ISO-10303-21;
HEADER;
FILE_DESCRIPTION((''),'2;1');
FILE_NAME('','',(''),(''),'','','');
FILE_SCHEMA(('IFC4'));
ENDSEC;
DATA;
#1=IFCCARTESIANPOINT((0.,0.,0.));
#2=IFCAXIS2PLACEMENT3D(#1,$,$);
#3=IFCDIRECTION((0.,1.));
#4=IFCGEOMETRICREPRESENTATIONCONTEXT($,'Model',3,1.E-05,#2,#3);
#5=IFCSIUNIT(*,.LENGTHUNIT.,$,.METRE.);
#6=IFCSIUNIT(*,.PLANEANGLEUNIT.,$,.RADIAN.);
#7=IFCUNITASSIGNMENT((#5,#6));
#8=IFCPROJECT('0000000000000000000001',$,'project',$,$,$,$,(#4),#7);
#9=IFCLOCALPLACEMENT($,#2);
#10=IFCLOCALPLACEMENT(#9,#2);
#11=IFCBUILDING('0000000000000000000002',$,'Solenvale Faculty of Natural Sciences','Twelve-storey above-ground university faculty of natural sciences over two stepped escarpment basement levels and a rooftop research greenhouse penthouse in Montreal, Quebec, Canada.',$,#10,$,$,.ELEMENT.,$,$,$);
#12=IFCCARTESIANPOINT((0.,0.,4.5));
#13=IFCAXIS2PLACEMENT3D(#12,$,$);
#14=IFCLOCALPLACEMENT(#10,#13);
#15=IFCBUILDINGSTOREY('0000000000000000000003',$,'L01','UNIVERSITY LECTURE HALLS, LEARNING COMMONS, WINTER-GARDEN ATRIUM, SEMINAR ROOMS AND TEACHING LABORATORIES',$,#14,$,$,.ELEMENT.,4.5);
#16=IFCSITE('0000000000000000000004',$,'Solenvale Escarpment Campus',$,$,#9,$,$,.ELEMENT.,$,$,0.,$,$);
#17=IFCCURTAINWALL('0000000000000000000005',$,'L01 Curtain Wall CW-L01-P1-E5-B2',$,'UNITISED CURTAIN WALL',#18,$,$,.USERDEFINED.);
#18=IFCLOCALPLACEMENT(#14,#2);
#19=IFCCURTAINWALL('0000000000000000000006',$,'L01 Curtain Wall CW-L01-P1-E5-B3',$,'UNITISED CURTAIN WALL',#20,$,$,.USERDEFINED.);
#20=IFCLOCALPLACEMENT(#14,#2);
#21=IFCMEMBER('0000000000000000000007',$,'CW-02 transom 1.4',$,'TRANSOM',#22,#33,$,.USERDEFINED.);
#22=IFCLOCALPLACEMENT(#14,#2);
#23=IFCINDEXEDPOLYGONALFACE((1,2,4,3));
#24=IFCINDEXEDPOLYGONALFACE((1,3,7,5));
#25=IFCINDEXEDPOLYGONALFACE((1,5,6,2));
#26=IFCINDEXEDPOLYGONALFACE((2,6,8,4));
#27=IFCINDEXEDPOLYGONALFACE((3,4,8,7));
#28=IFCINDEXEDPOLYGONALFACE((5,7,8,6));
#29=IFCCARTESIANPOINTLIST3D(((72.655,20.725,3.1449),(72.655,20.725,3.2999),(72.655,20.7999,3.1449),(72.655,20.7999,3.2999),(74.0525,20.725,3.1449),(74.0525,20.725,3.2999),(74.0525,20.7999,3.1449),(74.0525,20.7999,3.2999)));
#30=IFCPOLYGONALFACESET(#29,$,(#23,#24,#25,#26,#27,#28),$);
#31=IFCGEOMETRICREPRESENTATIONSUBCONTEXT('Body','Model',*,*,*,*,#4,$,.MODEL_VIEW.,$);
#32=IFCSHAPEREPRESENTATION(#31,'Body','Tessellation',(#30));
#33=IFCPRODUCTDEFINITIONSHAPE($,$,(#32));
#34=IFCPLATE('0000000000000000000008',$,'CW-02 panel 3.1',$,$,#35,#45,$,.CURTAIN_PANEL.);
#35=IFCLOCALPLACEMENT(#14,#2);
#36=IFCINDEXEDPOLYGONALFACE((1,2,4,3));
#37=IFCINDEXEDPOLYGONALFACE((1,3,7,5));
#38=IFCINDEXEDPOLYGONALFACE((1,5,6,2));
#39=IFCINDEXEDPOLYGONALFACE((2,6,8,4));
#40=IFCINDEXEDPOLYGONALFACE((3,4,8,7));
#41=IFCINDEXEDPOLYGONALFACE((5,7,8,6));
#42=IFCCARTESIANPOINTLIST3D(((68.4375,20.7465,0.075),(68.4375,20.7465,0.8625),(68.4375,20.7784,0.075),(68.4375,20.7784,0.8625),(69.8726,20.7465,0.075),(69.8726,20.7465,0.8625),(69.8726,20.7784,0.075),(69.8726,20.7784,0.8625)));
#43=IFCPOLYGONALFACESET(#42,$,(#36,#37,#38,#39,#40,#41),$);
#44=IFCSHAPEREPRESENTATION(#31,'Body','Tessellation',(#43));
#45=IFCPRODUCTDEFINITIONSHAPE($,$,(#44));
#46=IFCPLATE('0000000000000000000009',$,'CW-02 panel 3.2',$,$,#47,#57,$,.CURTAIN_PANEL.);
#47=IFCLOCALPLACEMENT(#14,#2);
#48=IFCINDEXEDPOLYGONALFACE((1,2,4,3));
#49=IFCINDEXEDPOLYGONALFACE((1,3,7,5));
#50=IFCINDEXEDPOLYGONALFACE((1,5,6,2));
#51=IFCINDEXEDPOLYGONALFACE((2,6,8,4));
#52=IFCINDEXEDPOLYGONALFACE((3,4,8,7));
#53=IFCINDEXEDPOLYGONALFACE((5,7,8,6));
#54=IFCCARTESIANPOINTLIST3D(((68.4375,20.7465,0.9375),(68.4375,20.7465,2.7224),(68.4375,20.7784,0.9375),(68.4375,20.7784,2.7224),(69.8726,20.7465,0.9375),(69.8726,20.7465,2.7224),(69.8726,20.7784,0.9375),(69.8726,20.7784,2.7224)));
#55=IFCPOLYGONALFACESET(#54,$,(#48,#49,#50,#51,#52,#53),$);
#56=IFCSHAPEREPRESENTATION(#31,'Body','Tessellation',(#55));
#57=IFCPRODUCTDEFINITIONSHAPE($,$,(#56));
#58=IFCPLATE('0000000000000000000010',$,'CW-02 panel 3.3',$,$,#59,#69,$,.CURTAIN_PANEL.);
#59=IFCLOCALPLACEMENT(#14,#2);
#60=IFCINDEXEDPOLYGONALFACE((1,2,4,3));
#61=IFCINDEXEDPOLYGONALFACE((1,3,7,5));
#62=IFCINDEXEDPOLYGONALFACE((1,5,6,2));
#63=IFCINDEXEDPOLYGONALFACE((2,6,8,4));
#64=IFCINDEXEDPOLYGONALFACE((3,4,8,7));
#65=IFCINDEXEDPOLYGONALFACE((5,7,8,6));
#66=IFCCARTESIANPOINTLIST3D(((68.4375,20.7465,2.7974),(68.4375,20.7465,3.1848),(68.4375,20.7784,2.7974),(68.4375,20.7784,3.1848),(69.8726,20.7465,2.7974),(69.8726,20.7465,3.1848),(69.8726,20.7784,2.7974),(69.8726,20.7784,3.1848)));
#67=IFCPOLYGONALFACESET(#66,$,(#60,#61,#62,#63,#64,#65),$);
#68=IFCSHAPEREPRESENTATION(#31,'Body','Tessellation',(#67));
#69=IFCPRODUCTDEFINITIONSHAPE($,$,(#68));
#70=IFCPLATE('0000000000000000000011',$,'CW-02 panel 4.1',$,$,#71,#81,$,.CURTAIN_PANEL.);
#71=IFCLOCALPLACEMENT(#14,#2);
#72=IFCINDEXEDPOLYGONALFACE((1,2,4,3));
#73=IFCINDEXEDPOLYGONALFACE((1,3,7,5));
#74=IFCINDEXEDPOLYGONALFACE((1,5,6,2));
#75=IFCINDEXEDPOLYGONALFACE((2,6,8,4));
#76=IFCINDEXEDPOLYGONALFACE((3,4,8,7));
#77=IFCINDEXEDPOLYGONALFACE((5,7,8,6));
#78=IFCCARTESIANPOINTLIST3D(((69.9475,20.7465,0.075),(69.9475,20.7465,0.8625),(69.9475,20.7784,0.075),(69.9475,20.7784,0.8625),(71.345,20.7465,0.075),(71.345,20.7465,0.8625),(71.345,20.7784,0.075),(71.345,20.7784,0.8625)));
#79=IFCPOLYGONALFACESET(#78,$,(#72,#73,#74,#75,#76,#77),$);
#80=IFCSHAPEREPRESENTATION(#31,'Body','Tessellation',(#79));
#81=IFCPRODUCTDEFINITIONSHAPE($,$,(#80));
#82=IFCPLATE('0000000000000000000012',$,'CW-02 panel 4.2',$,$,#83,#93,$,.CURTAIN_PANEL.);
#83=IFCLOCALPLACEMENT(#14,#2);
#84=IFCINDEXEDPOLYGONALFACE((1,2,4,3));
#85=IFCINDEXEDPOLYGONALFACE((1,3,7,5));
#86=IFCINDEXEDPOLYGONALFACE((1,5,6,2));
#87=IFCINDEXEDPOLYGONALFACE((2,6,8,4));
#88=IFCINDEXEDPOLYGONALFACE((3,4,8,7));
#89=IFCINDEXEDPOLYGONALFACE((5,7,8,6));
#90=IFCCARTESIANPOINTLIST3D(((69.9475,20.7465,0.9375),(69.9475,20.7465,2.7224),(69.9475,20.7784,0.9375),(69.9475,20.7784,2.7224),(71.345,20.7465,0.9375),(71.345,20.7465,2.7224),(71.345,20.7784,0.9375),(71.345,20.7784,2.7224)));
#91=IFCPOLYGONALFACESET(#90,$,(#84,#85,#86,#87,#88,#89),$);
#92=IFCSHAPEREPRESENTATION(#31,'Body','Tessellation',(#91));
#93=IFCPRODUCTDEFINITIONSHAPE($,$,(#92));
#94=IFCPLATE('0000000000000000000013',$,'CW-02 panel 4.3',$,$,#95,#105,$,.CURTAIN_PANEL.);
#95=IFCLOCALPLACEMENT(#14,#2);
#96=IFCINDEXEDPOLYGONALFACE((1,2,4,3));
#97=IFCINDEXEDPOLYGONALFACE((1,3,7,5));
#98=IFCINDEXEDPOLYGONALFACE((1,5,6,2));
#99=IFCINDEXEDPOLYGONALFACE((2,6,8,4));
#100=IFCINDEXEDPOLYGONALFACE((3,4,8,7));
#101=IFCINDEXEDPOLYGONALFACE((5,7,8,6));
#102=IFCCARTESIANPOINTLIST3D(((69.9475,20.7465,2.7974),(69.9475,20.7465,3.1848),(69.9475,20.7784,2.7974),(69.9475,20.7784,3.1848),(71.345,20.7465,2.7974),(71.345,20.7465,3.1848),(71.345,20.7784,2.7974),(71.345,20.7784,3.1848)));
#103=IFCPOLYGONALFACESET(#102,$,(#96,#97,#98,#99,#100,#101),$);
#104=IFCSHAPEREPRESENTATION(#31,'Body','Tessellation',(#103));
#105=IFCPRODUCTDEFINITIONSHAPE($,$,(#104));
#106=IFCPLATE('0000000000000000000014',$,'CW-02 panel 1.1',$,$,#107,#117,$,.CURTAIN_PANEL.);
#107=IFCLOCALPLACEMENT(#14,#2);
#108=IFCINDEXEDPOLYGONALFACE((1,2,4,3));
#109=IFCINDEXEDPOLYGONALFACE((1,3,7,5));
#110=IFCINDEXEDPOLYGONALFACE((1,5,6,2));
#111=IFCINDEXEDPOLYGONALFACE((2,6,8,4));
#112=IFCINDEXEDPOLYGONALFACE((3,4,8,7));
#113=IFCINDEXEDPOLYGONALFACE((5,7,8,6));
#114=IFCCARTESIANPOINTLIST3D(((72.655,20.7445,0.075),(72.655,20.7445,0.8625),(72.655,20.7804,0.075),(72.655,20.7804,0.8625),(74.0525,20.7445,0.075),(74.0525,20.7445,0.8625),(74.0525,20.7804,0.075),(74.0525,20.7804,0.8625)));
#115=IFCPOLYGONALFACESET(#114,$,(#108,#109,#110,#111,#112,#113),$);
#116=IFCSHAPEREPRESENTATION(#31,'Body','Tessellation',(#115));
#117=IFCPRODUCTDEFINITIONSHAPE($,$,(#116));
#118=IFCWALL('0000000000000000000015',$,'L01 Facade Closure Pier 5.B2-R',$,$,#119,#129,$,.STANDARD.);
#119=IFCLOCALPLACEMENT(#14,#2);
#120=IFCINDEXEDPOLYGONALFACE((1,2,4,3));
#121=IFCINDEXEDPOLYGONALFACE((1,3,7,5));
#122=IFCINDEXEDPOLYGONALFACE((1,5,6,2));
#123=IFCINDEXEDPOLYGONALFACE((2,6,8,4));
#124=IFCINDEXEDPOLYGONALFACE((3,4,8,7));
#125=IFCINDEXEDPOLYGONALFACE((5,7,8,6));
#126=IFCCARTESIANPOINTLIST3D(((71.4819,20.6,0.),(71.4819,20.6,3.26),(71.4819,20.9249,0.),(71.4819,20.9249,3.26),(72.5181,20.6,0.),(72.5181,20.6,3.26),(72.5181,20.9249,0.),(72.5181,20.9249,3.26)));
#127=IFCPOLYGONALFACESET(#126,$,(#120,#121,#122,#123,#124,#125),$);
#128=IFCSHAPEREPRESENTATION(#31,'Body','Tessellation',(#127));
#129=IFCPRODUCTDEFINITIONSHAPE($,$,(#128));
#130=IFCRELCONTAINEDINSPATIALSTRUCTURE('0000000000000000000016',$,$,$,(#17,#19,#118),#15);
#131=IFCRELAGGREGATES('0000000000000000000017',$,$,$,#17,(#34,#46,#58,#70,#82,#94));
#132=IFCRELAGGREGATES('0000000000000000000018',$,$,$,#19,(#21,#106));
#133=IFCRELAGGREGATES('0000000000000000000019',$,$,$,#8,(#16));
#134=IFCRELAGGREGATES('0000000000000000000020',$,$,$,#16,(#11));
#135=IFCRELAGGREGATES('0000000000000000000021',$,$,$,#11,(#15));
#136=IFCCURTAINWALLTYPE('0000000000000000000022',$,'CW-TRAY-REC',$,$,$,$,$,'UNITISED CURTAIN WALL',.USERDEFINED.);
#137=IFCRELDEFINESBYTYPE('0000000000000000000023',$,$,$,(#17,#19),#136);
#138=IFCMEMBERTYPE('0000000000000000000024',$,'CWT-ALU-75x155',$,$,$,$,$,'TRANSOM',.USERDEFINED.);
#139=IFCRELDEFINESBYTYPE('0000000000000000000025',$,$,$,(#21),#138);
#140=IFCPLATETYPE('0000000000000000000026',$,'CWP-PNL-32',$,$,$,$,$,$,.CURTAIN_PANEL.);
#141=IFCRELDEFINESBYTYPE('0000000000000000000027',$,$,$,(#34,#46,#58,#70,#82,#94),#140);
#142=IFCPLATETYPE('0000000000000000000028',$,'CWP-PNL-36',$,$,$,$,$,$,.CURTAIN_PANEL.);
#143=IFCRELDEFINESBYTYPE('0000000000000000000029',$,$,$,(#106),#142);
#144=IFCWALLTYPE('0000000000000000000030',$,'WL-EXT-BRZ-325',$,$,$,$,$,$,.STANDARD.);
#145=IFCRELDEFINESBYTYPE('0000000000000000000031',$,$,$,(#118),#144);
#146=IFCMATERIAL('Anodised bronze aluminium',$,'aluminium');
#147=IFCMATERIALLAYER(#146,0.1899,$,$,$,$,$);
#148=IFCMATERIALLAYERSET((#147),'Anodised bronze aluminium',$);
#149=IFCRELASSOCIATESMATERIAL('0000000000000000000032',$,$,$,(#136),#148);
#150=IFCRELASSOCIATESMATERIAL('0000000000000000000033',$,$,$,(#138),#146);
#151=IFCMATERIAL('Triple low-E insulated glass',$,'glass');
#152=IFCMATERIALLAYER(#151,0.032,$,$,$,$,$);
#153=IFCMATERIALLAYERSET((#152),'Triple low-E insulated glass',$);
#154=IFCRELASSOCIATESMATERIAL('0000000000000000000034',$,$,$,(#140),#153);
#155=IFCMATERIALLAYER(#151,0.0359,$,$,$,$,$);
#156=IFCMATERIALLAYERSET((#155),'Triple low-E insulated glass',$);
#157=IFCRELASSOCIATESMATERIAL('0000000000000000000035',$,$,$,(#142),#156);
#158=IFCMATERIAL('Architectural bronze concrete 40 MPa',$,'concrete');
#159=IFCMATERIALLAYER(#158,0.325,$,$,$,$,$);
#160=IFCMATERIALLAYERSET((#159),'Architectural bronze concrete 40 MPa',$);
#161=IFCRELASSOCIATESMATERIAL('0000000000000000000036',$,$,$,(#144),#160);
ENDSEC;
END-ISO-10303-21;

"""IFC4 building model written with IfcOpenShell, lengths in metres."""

from ifc_helpers import new_model, si_unit, direction, frame, frame_2d, origin, origin_2d, place, context, subcontext, project, spatial, rectangle, extrude, material, layer, layer_set, material_profile, profile_set, type_object, element, aggregate, save


model = new_model("IFC4")

# Units and contexts
model_context = context("Model", 3, precision=1e-05, world=origin(), true_north=direction((0.0, 1.0)))
body_context = subcontext(model_context, "Body", "Model", "MODEL_VIEW")
ifc_project = project(units=[si_unit("LENGTHUNIT", "METRE"), si_unit("PLANEANGLEUNIT", "RADIAN")], contexts=[model_context])

# Site, building, storey
site_placement = place(None, origin())
site = spatial("IfcSite", under=ifc_project, at=site_placement, Name="Solenvale Escarpment Campus", CompositionType="ELEMENT", RefElevation=0.0)
building_placement = place(site_placement, origin())
building = spatial("IfcBuilding", under=site, at=building_placement, Name="Solenvale Faculty of Natural Sciences", Description="Twelve-storey above-ground university faculty of natural sciences over two stepped escarpment basement levels and a rooftop research greenhouse penthouse in Montreal, Quebec, Canada.", CompositionType="ELEMENT")
storey_placement = place(building_placement, frame((0.0, 0.0, 4.5)))
storey = spatial("IfcBuildingStorey", under=building, at=storey_placement, Name="L01", Description="UNIVERSITY LECTURE HALLS, LEARNING COMMONS, WINTER-GARDEN ATRIUM, SEMINAR ROOMS AND TEACHING LABORATORIES", CompositionType="ELEMENT", Elevation=4.5)

# Curtain wall
ifc_material_1 = material(Name="Anodised bronze aluminium", Category="aluminium")
ifc_layer_1 = layer(ifc_material_1, 0.1899)
ifc_layer_set_1 = layer_set([ifc_layer_1], Name="Anodised bronze aluminium")
curtain_wall_type = type_object("IfcCurtainWallType", Name="CW-TRAY-REC", ElementType="UNITISED CURTAIN WALL", PredefinedType="USERDEFINED", material=ifc_layer_set_1)
curtain_wall_1_placement = place(storey_placement, origin())
curtain_wall_1 = element("IfcCurtainWall", 1, at=curtain_wall_1_placement, inside=storey, type_object=curtain_wall_type, Name="L01 Curtain Wall CW-L01-P1-E5-B2", ObjectType="UNITISED CURTAIN WALL", PredefinedType="USERDEFINED")

# Curtain wall
curtain_wall_2_placement = place(storey_placement, origin())
curtain_wall_2 = element("IfcCurtainWall", 2, at=curtain_wall_2_placement, inside=storey, type_object=curtain_wall_type, Name="L01 Curtain Wall CW-L01-P1-E5-B3", ObjectType="UNITISED CURTAIN WALL", PredefinedType="USERDEFINED")

# Member
ifc_material_profile_1 = material_profile(ifc_material_1, rectangle(XDim=0.075, YDim=0.155, at=origin_2d()), Name="ALU-TRN-75x155")
ifc_profile_set_1 = profile_set([ifc_material_profile_1], Name="Anodised bronze aluminium")
member_type_1 = type_object("IfcMemberType", Name="CWT-ALU-75x155", ElementType="TRANSOM", PredefinedType="USERDEFINED", material=ifc_profile_set_1)
member_1_placement = place(storey_placement, frame((72.655, 20.7625, 3.2224), z_axis=(1.0, 0.0, 0.0), x_axis=(0.0, 1.0, 0.0)))
member_1 = element("IfcMember", 3, at=member_1_placement, type_object=member_type_1, Name="CW-02 transom 1.4", ObjectType="TRANSOM", PredefinedType="USERDEFINED", context=body_context, shape_type="SweptSolid", body=[
    extrude(rectangle(XDim=0.075, YDim=0.155, at=origin_2d()), origin(), (0.0, 0.0, 1.0), 1.3975),
])

# Plates
ifc_material_2 = material(Name="Triple low-E insulated glass", Category="glass")
ifc_layer_2 = layer(ifc_material_2, 0.032)
ifc_layer_set_2 = layer_set([ifc_layer_2], Name="Triple low-E insulated glass")
plate_type_1 = type_object("IfcPlateType", Name="CWP-PNL-32", PredefinedType="CURTAIN_PANEL", material=ifc_layer_set_2)
plate_1_placement = place(storey_placement, frame((69.155, 20.7625, 0.075), z_axis=(0.0, 0.0, 1.0), x_axis=(1.0, 0.0, 0.0)))
plate_1 = element("IfcPlate", 4, at=plate_1_placement, type_object=plate_type_1, Name="CW-02 panel 3.1", PredefinedType="CURTAIN_PANEL", context=body_context, shape_type="SweptSolid", body=[
    extrude(rectangle(XDim=1.4351, YDim=0.032, at=origin_2d()), origin(), (0.0, 0.0, 1.0), 0.7876),
])
plate_2_placement = place(storey_placement, frame((69.155, 20.7625, 0.9375), z_axis=(0.0, 0.0, 1.0), x_axis=(1.0, 0.0, 0.0)))
plate_2 = element("IfcPlate", 5, at=plate_2_placement, type_object=plate_type_1, Name="CW-02 panel 3.2", PredefinedType="CURTAIN_PANEL", context=body_context, shape_type="SweptSolid", body=[
    extrude(rectangle(XDim=1.4351, YDim=0.032, at=origin_2d()), origin(), (0.0, 0.0, 1.0), 1.7849),
])
plate_3_placement = place(storey_placement, frame((69.155, 20.7625, 2.7974), z_axis=(0.0, 0.0, 1.0), x_axis=(1.0, 0.0, 0.0)))
plate_3 = element("IfcPlate", 6, at=plate_3_placement, type_object=plate_type_1, Name="CW-02 panel 3.3", PredefinedType="CURTAIN_PANEL", context=body_context, shape_type="SweptSolid", body=[
    extrude(rectangle(XDim=1.4351, YDim=0.032, at=origin_2d()), origin(), (0.0, 0.0, 1.0), 0.3875),
])
plate_4_placement = place(storey_placement, frame((70.6462, 20.7625, 0.075), z_axis=(0.0, 0.0, 1.0), x_axis=(1.0, 0.0, 0.0)))
plate_4 = element("IfcPlate", 7, at=plate_4_placement, type_object=plate_type_1, Name="CW-02 panel 4.1", PredefinedType="CURTAIN_PANEL", context=body_context, shape_type="SweptSolid", body=[
    extrude(rectangle(XDim=1.3975, YDim=0.032, at=origin_2d()), origin(), (0.0, 0.0, 1.0), 0.7876),
])
plate_5_placement = place(storey_placement, frame((70.6462, 20.7625, 0.9375), z_axis=(0.0, 0.0, 1.0), x_axis=(1.0, 0.0, 0.0)))
plate_5 = element("IfcPlate", 8, at=plate_5_placement, type_object=plate_type_1, Name="CW-02 panel 4.2", PredefinedType="CURTAIN_PANEL", context=body_context, shape_type="SweptSolid", body=[
    extrude(rectangle(XDim=1.3975, YDim=0.032, at=origin_2d()), origin(), (0.0, 0.0, 1.0), 1.7849),
])
plate_6_placement = place(storey_placement, frame((70.6462, 20.7625, 2.7974), z_axis=(0.0, 0.0, 1.0), x_axis=(1.0, 0.0, 0.0)))
plate_6 = element("IfcPlate", 9, at=plate_6_placement, type_object=plate_type_1, Name="CW-02 panel 4.3", PredefinedType="CURTAIN_PANEL", context=body_context, shape_type="SweptSolid", body=[
    extrude(rectangle(XDim=1.3975, YDim=0.032, at=origin_2d()), origin(), (0.0, 0.0, 1.0), 0.3875),
])
aggregate(curtain_wall_1, [plate_1, plate_2, plate_3, plate_4, plate_5, plate_6])
ifc_layer_3 = layer(ifc_material_2, 0.0359)
ifc_layer_set_3 = layer_set([ifc_layer_3], Name="Triple low-E insulated glass")
plate_type_2 = type_object("IfcPlateType", Name="CWP-PNL-36", PredefinedType="CURTAIN_PANEL", material=ifc_layer_set_3)
plate_7_placement = place(storey_placement, frame((73.3538, 20.7625, 0.075), z_axis=(0.0, 0.0, 1.0), x_axis=(1.0, 0.0, 0.0)))
plate_7 = element("IfcPlate", 10, at=plate_7_placement, type_object=plate_type_2, Name="CW-02 panel 1.1", PredefinedType="CURTAIN_PANEL", context=body_context, shape_type="SweptSolid", body=[
    extrude(rectangle(XDim=1.3975, YDim=0.0359, at=origin_2d()), origin(), (0.0, 0.0, 1.0), 0.7876),
])
aggregate(curtain_wall_2, [member_1, plate_7])

# Wall
ifc_material_3 = material(Name="Architectural bronze concrete 40 MPa", Category="concrete")
ifc_layer_4 = layer(ifc_material_3, 0.325)
ifc_layer_set_4 = layer_set([ifc_layer_4], Name="Architectural bronze concrete 40 MPa")
wall_type = type_object("IfcWallType", Name="WL-EXT-BRZ-325", PredefinedType="STANDARD", material=ifc_layer_set_4)
wall_placement = place(storey_placement, frame((71.4819, 20.7625, 0.0), z_axis=(0.0, 0.0, 1.0), x_axis=(1.0, 0.0, 0.0)))
element("IfcWall", 11, at=wall_placement, inside=storey, type_object=wall_type, Name="L01 Facade Closure Pier 5.B2-R", PredefinedType="STANDARD", context=body_context, shape_type="SweptSolid", body=[
    extrude(rectangle(XDim=1.0361, YDim=0.325, at=frame_2d((0.5181, 0.0))), origin(), (0.0, 0.0, 1.0), 3.26),
])

save(model, "model.ifc")
